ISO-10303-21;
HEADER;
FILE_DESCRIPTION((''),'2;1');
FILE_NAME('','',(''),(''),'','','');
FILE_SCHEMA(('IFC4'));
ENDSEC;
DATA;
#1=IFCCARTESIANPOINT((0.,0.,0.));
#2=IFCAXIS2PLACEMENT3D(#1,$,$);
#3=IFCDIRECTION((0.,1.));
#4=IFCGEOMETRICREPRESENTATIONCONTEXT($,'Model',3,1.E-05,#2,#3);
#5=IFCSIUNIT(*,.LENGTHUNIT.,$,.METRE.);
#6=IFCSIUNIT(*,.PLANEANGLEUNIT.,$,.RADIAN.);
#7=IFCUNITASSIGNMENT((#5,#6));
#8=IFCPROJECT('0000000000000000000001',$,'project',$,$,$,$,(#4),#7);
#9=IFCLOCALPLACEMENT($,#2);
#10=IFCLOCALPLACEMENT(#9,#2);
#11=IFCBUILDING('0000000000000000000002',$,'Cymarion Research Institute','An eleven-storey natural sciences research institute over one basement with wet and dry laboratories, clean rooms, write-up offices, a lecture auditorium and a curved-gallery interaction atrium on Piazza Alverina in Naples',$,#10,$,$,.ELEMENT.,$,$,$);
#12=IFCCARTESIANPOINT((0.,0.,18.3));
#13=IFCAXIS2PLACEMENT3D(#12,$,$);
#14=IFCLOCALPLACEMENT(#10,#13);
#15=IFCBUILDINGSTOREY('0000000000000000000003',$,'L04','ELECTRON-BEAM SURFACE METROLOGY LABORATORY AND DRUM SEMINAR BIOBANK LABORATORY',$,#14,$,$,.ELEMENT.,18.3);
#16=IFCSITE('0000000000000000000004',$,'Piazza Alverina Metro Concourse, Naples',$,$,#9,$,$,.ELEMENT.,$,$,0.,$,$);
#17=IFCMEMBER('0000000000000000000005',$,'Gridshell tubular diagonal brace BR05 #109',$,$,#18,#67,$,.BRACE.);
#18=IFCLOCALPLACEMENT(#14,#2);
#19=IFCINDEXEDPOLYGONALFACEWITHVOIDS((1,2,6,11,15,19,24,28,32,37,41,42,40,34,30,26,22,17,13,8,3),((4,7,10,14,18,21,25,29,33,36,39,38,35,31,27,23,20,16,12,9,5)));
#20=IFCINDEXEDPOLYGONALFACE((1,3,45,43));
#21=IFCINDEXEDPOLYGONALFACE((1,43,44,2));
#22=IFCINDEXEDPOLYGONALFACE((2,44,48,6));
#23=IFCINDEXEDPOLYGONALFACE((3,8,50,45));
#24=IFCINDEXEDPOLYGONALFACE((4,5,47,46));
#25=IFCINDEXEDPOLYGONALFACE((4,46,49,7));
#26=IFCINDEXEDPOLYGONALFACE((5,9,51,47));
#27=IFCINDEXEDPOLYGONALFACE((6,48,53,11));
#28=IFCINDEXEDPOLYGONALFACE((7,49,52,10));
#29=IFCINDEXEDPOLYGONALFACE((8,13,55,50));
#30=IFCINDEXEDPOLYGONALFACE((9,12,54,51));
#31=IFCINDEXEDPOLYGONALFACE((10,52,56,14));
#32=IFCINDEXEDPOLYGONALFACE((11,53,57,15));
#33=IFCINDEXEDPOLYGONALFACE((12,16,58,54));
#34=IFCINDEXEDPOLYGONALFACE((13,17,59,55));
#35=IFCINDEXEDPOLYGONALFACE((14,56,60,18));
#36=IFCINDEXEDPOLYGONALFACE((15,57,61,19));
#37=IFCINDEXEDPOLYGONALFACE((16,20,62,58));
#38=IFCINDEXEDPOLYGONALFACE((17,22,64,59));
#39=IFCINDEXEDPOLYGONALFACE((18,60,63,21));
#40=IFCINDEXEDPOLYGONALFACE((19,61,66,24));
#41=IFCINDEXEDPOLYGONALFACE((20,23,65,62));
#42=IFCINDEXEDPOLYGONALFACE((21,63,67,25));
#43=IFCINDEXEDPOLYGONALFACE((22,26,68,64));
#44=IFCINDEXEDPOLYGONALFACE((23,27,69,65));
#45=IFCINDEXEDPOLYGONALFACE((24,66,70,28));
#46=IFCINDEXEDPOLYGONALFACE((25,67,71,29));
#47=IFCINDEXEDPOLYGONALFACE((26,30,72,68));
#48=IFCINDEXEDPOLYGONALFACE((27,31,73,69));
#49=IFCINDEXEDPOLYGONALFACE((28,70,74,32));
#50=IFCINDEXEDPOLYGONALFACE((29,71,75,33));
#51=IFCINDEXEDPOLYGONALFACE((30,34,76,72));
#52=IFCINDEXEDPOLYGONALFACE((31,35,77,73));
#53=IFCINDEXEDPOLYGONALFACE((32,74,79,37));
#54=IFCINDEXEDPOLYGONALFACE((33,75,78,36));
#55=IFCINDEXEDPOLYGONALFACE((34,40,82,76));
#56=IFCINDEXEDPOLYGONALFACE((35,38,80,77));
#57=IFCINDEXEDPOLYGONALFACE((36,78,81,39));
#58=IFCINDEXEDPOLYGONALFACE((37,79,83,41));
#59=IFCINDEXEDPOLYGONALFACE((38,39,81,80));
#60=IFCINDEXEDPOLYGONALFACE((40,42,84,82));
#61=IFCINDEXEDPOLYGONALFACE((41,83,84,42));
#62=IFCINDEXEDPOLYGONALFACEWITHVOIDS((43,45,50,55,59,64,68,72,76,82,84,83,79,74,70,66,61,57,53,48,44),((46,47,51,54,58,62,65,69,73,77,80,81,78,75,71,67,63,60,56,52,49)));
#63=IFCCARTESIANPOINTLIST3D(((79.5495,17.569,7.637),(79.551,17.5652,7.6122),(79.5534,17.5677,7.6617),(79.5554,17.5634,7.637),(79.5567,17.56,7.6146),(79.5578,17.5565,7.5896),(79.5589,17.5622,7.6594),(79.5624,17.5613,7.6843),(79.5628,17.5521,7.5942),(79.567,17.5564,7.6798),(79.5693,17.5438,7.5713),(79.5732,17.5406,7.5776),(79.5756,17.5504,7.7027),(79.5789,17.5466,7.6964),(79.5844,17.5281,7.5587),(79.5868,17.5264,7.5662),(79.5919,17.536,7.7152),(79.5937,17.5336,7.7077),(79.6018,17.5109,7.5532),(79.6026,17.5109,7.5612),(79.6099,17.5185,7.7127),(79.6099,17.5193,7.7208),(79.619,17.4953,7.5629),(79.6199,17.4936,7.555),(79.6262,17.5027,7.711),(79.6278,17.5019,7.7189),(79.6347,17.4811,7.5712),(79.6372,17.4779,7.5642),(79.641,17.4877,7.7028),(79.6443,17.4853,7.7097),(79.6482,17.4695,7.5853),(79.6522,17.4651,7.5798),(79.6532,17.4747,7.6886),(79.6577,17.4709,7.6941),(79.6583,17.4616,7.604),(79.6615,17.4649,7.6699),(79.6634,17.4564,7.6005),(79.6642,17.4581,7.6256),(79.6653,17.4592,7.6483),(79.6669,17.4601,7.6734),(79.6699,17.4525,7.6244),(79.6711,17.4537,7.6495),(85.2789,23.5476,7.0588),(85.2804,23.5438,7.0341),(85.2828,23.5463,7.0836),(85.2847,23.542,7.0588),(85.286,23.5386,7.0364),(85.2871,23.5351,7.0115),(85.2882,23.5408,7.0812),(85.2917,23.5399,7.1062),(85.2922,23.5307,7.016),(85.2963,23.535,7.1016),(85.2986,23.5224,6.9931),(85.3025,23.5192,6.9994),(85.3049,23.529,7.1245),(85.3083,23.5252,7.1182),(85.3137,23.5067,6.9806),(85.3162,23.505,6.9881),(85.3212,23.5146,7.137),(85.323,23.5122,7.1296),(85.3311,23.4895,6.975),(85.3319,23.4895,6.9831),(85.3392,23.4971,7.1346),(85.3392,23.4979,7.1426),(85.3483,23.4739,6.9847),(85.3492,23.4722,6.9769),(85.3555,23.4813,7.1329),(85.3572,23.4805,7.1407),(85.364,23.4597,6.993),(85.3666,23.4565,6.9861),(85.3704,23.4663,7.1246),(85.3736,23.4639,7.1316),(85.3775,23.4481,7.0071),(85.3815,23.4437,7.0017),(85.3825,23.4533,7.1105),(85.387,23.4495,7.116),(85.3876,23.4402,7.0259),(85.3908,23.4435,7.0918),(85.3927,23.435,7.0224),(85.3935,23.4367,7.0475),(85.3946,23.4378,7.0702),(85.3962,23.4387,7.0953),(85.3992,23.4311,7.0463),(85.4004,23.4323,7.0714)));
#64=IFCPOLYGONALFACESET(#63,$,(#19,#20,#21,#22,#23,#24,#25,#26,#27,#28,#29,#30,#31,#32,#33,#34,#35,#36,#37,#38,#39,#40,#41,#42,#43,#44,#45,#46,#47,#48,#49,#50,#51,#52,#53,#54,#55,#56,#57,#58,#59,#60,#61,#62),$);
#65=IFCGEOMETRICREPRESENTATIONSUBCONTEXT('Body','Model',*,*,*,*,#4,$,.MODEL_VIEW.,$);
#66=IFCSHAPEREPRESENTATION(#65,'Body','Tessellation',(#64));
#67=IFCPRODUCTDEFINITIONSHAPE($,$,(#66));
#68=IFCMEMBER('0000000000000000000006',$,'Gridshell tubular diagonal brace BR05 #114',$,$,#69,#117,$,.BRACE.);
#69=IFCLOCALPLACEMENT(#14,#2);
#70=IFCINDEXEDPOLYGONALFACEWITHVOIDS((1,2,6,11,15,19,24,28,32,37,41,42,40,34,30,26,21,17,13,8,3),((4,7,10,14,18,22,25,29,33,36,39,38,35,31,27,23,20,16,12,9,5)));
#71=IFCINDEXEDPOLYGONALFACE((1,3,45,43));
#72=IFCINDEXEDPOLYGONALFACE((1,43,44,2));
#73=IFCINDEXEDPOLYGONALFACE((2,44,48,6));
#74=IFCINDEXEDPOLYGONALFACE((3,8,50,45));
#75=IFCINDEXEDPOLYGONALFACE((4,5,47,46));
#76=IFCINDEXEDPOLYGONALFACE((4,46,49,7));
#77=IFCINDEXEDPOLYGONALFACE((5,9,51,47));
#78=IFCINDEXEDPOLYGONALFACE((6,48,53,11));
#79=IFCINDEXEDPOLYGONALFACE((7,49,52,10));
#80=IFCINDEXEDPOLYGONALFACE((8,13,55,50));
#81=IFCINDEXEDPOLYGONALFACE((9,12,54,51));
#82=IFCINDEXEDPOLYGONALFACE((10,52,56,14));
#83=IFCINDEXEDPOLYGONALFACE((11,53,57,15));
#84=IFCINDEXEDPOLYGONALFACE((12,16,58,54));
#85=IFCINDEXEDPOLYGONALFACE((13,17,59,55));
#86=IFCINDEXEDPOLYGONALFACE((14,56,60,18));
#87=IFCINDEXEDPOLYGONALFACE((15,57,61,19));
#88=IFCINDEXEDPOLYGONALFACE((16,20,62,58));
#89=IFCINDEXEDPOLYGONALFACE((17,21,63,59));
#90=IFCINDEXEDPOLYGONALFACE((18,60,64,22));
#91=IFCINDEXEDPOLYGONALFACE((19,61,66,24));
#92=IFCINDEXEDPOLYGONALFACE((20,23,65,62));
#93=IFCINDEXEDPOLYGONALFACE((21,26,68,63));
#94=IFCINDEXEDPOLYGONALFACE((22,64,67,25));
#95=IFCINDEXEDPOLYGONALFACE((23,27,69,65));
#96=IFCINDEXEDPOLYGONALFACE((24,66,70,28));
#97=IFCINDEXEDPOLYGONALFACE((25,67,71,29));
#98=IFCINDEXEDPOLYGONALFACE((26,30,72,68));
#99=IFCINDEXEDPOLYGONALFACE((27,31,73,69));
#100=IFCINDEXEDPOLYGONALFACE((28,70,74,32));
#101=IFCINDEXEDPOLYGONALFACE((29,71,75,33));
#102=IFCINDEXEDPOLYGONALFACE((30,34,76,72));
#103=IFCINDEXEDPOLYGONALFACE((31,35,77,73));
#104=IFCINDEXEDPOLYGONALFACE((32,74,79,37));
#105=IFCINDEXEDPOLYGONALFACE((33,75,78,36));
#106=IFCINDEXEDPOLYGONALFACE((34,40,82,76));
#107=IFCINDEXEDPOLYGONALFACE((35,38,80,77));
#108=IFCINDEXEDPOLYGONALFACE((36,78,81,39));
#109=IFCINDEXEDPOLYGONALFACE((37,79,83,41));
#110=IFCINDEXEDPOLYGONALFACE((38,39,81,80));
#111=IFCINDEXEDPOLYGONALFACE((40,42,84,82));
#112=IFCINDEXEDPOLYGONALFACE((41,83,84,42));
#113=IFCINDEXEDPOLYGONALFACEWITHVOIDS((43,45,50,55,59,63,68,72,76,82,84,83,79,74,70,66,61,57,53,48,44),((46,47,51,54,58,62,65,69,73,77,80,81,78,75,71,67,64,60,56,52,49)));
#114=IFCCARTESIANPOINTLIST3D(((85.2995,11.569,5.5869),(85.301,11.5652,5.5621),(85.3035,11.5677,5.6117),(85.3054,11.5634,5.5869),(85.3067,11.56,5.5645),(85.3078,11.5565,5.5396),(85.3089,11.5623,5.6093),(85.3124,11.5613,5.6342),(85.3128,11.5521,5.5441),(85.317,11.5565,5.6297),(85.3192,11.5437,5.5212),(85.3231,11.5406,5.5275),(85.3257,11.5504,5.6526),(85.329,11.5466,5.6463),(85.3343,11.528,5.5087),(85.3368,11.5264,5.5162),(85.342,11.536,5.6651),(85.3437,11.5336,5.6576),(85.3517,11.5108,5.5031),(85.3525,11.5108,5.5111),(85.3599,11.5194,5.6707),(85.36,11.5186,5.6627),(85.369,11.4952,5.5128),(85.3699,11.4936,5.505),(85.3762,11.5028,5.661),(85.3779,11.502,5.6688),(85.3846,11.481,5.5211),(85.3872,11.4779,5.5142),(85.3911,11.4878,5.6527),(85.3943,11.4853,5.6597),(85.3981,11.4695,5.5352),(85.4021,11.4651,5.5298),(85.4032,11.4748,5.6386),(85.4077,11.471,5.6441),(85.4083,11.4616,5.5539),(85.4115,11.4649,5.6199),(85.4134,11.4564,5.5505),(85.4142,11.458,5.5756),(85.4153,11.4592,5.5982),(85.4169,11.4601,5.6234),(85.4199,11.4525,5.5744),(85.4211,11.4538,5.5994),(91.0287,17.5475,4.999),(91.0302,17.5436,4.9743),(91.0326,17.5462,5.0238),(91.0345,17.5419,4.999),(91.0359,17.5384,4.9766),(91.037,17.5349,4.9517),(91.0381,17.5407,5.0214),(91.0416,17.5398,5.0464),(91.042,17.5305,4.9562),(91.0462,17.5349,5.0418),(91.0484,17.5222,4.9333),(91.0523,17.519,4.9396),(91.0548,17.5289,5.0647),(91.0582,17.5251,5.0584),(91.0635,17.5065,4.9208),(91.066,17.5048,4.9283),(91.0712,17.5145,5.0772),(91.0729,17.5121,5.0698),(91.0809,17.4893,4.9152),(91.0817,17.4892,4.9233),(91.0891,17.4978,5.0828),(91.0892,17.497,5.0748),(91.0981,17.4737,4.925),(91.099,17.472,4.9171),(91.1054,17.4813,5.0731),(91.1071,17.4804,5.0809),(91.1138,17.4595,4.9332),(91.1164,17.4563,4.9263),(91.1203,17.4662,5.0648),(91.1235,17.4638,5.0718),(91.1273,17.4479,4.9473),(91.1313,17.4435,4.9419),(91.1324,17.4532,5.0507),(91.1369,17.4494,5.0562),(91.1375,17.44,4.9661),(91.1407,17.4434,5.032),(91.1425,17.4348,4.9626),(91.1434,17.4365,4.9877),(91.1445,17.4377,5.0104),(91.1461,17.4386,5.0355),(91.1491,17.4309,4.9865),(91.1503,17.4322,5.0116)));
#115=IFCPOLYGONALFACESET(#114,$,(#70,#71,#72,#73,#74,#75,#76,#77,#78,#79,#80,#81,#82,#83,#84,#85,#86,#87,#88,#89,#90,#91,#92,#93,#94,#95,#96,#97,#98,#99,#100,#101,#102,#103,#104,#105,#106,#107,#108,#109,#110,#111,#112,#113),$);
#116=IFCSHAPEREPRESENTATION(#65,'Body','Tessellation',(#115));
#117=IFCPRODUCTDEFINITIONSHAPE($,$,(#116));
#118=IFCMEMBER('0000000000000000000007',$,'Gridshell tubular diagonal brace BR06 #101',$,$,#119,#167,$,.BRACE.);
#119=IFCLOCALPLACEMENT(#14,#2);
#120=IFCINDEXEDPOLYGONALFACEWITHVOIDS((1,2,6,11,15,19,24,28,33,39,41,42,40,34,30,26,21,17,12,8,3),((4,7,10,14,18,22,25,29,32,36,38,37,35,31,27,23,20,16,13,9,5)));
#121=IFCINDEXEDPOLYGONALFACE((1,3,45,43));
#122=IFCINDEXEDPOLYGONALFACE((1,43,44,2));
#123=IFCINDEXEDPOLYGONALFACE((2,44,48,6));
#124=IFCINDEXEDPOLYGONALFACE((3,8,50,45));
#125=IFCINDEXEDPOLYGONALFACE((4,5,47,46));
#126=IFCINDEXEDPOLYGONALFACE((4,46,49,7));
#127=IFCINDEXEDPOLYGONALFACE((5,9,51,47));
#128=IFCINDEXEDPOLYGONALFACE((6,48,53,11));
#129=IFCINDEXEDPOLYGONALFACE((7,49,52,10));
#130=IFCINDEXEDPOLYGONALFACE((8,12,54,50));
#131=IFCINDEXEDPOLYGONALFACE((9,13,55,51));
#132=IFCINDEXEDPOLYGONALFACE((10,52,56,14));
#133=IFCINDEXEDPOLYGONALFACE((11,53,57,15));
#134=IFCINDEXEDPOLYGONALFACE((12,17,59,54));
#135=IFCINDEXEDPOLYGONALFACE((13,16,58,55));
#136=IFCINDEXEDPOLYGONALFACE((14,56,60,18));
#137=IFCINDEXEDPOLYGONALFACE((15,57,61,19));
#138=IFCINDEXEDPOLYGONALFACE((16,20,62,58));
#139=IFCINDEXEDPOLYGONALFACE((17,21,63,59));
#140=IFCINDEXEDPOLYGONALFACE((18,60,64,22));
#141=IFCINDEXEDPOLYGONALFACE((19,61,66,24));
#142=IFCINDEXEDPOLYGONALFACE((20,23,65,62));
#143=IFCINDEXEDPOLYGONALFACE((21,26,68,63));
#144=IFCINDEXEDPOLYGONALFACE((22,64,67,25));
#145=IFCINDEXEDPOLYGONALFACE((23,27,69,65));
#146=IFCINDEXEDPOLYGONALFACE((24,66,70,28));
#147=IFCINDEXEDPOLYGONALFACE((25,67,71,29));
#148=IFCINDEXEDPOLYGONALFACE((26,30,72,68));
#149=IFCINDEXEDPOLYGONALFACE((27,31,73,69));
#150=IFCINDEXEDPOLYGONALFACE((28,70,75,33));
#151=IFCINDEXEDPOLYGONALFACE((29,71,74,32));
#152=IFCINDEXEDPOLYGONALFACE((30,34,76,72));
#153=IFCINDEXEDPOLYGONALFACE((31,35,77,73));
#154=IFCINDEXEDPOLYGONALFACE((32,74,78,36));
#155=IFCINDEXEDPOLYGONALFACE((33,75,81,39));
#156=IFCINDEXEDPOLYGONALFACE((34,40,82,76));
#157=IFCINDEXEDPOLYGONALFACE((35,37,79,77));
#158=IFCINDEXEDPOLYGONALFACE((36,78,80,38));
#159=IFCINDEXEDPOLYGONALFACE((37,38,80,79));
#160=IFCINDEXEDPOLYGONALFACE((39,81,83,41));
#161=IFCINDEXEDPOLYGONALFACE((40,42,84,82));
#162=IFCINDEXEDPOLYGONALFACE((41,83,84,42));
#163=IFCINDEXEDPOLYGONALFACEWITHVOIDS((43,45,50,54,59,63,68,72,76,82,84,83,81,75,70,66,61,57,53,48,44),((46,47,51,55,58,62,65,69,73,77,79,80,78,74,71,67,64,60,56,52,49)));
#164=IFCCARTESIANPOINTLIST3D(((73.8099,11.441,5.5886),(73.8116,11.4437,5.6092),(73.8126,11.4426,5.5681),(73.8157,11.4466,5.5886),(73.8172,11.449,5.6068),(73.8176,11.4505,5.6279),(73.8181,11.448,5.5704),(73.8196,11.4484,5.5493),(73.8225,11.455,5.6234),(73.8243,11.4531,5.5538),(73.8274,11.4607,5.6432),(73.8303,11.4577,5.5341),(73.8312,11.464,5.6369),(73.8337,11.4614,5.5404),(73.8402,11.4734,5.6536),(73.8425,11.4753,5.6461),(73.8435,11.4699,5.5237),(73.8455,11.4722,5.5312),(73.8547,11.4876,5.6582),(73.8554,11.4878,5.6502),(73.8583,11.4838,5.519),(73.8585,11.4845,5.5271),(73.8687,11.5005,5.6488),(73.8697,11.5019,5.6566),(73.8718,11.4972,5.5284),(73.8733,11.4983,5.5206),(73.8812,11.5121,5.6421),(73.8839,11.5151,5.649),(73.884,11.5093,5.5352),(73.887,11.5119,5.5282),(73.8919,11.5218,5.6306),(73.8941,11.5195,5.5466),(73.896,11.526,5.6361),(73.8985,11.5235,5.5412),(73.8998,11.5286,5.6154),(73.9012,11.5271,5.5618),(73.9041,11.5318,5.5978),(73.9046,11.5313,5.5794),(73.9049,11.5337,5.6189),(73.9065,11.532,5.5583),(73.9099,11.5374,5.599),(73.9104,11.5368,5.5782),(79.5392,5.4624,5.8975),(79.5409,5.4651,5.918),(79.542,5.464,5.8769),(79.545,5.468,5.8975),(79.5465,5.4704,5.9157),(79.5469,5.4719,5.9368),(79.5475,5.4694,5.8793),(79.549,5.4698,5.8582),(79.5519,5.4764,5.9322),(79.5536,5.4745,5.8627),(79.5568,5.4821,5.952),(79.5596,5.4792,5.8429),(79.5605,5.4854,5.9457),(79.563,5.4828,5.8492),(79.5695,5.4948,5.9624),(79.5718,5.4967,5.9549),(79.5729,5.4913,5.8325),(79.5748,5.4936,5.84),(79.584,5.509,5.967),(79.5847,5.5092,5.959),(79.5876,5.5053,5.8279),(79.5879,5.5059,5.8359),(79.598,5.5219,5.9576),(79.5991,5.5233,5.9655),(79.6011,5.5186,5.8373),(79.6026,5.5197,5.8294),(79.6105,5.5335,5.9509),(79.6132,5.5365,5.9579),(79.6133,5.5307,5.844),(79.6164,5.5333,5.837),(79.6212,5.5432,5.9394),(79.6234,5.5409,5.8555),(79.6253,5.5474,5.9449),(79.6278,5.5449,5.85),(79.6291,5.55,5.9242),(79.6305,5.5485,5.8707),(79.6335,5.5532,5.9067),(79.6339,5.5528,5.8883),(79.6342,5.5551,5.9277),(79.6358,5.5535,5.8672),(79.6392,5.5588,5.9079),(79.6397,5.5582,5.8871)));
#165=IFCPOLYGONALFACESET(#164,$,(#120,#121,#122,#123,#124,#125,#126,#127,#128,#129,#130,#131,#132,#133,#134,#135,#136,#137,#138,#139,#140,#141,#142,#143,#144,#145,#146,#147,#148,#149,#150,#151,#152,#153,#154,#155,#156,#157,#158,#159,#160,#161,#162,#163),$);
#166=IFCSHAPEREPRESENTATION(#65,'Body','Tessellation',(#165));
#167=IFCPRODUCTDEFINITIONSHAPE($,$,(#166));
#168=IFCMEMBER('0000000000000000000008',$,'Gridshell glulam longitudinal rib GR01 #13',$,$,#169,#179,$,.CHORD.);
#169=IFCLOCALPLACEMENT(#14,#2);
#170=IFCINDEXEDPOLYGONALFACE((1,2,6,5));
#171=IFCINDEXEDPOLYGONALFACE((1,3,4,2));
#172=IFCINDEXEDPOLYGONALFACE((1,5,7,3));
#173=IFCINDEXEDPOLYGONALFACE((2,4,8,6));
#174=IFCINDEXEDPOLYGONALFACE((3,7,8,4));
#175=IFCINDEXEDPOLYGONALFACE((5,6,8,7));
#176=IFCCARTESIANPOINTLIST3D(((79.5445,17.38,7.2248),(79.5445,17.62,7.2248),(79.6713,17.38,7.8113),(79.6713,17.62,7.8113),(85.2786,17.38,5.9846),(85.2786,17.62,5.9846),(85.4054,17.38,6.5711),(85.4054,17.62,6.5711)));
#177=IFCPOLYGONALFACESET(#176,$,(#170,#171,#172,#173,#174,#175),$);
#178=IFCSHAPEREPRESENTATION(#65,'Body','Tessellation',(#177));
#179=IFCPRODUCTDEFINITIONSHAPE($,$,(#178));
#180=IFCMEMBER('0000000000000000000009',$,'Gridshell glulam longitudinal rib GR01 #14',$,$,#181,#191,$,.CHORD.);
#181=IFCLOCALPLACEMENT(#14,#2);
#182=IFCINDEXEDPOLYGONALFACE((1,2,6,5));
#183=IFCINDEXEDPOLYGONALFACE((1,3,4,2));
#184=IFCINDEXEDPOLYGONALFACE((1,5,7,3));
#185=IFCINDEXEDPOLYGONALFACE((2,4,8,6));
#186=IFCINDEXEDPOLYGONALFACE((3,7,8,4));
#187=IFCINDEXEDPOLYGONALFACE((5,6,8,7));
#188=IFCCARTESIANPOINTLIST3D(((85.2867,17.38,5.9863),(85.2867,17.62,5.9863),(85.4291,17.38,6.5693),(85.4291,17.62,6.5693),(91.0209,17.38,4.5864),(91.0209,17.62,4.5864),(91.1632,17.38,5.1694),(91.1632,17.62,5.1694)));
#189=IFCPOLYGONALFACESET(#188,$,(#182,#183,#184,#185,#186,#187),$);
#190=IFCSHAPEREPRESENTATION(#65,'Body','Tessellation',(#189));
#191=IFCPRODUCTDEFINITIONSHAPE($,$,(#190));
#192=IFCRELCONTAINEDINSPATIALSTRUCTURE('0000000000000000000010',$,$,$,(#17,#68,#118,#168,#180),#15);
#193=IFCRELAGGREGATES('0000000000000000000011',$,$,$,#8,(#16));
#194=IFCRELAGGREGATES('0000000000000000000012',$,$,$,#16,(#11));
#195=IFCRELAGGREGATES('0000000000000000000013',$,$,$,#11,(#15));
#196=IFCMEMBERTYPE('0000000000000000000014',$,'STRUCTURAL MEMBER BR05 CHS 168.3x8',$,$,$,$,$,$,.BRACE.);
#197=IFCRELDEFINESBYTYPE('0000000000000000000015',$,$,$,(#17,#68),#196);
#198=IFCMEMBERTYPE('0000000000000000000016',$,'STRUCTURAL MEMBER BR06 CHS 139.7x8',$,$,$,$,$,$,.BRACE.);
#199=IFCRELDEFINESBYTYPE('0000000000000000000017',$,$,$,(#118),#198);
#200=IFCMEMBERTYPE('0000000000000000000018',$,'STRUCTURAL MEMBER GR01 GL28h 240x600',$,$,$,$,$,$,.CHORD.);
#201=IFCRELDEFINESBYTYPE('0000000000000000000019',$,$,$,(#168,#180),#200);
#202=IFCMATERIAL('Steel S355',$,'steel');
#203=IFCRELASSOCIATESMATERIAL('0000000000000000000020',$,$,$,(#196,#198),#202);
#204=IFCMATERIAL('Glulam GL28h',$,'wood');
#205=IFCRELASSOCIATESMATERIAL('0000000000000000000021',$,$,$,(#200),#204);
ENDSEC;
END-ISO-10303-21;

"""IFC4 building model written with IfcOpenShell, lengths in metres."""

from ifc_helpers import new_model, si_unit, direction, frame, origin, origin_2d, place, context, subcontext, project, spatial, rectangle, hollow_circle, extrude, material, material_profile, profile_set, type_object, element, save


model = new_model("IFC4")

# Units and contexts
model_context = context("Model", 3, precision=1e-05, world=origin(), true_north=direction((0.0, 1.0)))
body_context = subcontext(model_context, "Body", "Model", "MODEL_VIEW")
ifc_project = project(units=[si_unit("LENGTHUNIT", "METRE"), si_unit("PLANEANGLEUNIT", "RADIAN")], contexts=[model_context])

# Site, building, storey
site_placement = place(None, origin())
site = spatial("IfcSite", under=ifc_project, at=site_placement, Name="Piazza Alverina Metro Concourse, Naples", CompositionType="ELEMENT", RefElevation=0.0)
building_placement = place(site_placement, origin())
building = spatial("IfcBuilding", under=site, at=building_placement, Name="Cymarion Research Institute", Description="An eleven-storey natural sciences research institute over one basement with wet and dry laboratories, clean rooms, write-up offices, a lecture auditorium and a curved-gallery interaction atrium on Piazza Alverina in Naples", CompositionType="ELEMENT")
storey_placement = place(building_placement, frame((0.0, 0.0, 18.3)))
storey = spatial("IfcBuildingStorey", under=building, at=storey_placement, Name="L04", Description="ELECTRON-BEAM SURFACE METROLOGY LABORATORY AND DRUM SEMINAR BIOBANK LABORATORY", CompositionType="ELEMENT", Elevation=18.3)

# Shared definitions
ifc_material_1 = material(Name="Steel S355", Category="steel")

# Members
ifc_material_profile_1 = material_profile(ifc_material_1, hollow_circle(Radius=0.0842, WallThickness=0.0081, at=origin_2d()), Name="CHS 168.3x8")
ifc_profile_set_1 = profile_set([ifc_material_profile_1], Name="Steel S355")
member_type_1 = type_object("IfcMemberType", Name="STRUCTURAL MEMBER BR05 CHS 168.3x8", PredefinedType="BRACE", material=ifc_profile_set_1)
member_1_placement = place(storey_placement, frame((79.6104, 17.5107, 7.637), z_axis=(0.690215, 0.720245, -0.069648), x_axis=(-0.721998, 0.691895, 0.0)))
element("IfcMember", 1, at=member_1_placement, inside=storey, type_object=member_type_1, Name="Gridshell tubular diagonal brace BR05 #109", PredefinedType="BRACE", context=body_context, shape_type="SweptSolid", body=[
    extrude(hollow_circle(Radius=0.0842, WallThickness=0.0081, at=origin_2d()), origin(), (0.0, 0.0, 1.0), 8.3008),
])
member_2_placement = place(storey_placement, frame((85.3604, 11.5107, 5.5869), z_axis=(0.690158, 0.720185, -0.070819), x_axis=(-0.721998, 0.691895, 0.0)))
element("IfcMember", 2, at=member_2_placement, inside=storey, type_object=member_type_1, Name="Gridshell tubular diagonal brace BR05 #114", PredefinedType="BRACE", context=body_context, shape_type="SweptSolid", body=[
    extrude(hollow_circle(Radius=0.0842, WallThickness=0.0081, at=origin_2d()), origin(), (0.0, 0.0, 1.0), 8.3013),
])
ifc_material_profile_2 = material_profile(ifc_material_1, hollow_circle(Radius=0.0698, WallThickness=0.0081, at=origin_2d()), Name="CHS 139.7x8")
ifc_profile_set_2 = profile_set([ifc_material_profile_2], Name="Steel S355")
member_type_2 = type_object("IfcMemberType", Name="STRUCTURAL MEMBER BR06 CHS 139.7x8", PredefinedType="BRACE", material=ifc_profile_set_2)
member_3_placement = place(storey_placement, frame((79.5896, 5.5107, 5.8975), z_axis=(-0.691414, 0.721496, -0.037271), x_axis=(-0.721998, -0.691895, 0.0)))
element("IfcMember", 3, at=member_3_placement, inside=storey, type_object=member_type_2, Name="Gridshell tubular diagonal brace BR06 #101", PredefinedType="BRACE", context=body_context, shape_type="SweptSolid", body=[
    extrude(hollow_circle(Radius=0.0698, WallThickness=0.0081, at=origin_2d()), origin(), (0.0, 0.0, 1.0), 8.2864),
])
ifc_material_2 = material(Name="Glulam GL28h", Category="wood")
ifc_material_profile_3 = material_profile(ifc_material_2, rectangle(XDim=0.24, YDim=0.6001, at=origin_2d()), Name="GL28h 240x600")
ifc_profile_set_3 = profile_set([ifc_material_profile_3], Name="Glulam GL28h")
member_type_3 = type_object("IfcMemberType", Name="STRUCTURAL MEMBER GR01 GL28h 240x600", PredefinedType="CHORD", material=ifc_profile_set_3)
member_4_placement = place(storey_placement, frame((79.6079, 17.5, 7.5181), z_axis=(0.977399, 0.0, -0.211402), x_axis=(0.0, 1.0, 0.0)))
element("IfcMember", 4, at=member_4_placement, inside=storey, type_object=member_type_3, Name="Gridshell glulam longitudinal rib GR01 #13", PredefinedType="CHORD", context=body_context, shape_type="SweptSolid", body=[
    extrude(rectangle(XDim=0.24, YDim=0.6001, at=origin_2d()), origin(), (0.0, 0.0, 1.0), 5.8667),
])
member_5_placement = place(storey_placement, frame((85.3579, 17.5, 6.2778), z_axis=(0.971468, 0.0, -0.237169), x_axis=(0.0, 1.0, 0.0)))
element("IfcMember", 5, at=member_5_placement, inside=storey, type_object=member_type_3, Name="Gridshell glulam longitudinal rib GR01 #14", PredefinedType="CHORD", context=body_context, shape_type="SweptSolid", body=[
    extrude(rectangle(XDim=0.24, YDim=0.6001, at=origin_2d()), origin(), (0.0, 0.0, 1.0), 5.9026),
])

save(model, "model.ifc")
